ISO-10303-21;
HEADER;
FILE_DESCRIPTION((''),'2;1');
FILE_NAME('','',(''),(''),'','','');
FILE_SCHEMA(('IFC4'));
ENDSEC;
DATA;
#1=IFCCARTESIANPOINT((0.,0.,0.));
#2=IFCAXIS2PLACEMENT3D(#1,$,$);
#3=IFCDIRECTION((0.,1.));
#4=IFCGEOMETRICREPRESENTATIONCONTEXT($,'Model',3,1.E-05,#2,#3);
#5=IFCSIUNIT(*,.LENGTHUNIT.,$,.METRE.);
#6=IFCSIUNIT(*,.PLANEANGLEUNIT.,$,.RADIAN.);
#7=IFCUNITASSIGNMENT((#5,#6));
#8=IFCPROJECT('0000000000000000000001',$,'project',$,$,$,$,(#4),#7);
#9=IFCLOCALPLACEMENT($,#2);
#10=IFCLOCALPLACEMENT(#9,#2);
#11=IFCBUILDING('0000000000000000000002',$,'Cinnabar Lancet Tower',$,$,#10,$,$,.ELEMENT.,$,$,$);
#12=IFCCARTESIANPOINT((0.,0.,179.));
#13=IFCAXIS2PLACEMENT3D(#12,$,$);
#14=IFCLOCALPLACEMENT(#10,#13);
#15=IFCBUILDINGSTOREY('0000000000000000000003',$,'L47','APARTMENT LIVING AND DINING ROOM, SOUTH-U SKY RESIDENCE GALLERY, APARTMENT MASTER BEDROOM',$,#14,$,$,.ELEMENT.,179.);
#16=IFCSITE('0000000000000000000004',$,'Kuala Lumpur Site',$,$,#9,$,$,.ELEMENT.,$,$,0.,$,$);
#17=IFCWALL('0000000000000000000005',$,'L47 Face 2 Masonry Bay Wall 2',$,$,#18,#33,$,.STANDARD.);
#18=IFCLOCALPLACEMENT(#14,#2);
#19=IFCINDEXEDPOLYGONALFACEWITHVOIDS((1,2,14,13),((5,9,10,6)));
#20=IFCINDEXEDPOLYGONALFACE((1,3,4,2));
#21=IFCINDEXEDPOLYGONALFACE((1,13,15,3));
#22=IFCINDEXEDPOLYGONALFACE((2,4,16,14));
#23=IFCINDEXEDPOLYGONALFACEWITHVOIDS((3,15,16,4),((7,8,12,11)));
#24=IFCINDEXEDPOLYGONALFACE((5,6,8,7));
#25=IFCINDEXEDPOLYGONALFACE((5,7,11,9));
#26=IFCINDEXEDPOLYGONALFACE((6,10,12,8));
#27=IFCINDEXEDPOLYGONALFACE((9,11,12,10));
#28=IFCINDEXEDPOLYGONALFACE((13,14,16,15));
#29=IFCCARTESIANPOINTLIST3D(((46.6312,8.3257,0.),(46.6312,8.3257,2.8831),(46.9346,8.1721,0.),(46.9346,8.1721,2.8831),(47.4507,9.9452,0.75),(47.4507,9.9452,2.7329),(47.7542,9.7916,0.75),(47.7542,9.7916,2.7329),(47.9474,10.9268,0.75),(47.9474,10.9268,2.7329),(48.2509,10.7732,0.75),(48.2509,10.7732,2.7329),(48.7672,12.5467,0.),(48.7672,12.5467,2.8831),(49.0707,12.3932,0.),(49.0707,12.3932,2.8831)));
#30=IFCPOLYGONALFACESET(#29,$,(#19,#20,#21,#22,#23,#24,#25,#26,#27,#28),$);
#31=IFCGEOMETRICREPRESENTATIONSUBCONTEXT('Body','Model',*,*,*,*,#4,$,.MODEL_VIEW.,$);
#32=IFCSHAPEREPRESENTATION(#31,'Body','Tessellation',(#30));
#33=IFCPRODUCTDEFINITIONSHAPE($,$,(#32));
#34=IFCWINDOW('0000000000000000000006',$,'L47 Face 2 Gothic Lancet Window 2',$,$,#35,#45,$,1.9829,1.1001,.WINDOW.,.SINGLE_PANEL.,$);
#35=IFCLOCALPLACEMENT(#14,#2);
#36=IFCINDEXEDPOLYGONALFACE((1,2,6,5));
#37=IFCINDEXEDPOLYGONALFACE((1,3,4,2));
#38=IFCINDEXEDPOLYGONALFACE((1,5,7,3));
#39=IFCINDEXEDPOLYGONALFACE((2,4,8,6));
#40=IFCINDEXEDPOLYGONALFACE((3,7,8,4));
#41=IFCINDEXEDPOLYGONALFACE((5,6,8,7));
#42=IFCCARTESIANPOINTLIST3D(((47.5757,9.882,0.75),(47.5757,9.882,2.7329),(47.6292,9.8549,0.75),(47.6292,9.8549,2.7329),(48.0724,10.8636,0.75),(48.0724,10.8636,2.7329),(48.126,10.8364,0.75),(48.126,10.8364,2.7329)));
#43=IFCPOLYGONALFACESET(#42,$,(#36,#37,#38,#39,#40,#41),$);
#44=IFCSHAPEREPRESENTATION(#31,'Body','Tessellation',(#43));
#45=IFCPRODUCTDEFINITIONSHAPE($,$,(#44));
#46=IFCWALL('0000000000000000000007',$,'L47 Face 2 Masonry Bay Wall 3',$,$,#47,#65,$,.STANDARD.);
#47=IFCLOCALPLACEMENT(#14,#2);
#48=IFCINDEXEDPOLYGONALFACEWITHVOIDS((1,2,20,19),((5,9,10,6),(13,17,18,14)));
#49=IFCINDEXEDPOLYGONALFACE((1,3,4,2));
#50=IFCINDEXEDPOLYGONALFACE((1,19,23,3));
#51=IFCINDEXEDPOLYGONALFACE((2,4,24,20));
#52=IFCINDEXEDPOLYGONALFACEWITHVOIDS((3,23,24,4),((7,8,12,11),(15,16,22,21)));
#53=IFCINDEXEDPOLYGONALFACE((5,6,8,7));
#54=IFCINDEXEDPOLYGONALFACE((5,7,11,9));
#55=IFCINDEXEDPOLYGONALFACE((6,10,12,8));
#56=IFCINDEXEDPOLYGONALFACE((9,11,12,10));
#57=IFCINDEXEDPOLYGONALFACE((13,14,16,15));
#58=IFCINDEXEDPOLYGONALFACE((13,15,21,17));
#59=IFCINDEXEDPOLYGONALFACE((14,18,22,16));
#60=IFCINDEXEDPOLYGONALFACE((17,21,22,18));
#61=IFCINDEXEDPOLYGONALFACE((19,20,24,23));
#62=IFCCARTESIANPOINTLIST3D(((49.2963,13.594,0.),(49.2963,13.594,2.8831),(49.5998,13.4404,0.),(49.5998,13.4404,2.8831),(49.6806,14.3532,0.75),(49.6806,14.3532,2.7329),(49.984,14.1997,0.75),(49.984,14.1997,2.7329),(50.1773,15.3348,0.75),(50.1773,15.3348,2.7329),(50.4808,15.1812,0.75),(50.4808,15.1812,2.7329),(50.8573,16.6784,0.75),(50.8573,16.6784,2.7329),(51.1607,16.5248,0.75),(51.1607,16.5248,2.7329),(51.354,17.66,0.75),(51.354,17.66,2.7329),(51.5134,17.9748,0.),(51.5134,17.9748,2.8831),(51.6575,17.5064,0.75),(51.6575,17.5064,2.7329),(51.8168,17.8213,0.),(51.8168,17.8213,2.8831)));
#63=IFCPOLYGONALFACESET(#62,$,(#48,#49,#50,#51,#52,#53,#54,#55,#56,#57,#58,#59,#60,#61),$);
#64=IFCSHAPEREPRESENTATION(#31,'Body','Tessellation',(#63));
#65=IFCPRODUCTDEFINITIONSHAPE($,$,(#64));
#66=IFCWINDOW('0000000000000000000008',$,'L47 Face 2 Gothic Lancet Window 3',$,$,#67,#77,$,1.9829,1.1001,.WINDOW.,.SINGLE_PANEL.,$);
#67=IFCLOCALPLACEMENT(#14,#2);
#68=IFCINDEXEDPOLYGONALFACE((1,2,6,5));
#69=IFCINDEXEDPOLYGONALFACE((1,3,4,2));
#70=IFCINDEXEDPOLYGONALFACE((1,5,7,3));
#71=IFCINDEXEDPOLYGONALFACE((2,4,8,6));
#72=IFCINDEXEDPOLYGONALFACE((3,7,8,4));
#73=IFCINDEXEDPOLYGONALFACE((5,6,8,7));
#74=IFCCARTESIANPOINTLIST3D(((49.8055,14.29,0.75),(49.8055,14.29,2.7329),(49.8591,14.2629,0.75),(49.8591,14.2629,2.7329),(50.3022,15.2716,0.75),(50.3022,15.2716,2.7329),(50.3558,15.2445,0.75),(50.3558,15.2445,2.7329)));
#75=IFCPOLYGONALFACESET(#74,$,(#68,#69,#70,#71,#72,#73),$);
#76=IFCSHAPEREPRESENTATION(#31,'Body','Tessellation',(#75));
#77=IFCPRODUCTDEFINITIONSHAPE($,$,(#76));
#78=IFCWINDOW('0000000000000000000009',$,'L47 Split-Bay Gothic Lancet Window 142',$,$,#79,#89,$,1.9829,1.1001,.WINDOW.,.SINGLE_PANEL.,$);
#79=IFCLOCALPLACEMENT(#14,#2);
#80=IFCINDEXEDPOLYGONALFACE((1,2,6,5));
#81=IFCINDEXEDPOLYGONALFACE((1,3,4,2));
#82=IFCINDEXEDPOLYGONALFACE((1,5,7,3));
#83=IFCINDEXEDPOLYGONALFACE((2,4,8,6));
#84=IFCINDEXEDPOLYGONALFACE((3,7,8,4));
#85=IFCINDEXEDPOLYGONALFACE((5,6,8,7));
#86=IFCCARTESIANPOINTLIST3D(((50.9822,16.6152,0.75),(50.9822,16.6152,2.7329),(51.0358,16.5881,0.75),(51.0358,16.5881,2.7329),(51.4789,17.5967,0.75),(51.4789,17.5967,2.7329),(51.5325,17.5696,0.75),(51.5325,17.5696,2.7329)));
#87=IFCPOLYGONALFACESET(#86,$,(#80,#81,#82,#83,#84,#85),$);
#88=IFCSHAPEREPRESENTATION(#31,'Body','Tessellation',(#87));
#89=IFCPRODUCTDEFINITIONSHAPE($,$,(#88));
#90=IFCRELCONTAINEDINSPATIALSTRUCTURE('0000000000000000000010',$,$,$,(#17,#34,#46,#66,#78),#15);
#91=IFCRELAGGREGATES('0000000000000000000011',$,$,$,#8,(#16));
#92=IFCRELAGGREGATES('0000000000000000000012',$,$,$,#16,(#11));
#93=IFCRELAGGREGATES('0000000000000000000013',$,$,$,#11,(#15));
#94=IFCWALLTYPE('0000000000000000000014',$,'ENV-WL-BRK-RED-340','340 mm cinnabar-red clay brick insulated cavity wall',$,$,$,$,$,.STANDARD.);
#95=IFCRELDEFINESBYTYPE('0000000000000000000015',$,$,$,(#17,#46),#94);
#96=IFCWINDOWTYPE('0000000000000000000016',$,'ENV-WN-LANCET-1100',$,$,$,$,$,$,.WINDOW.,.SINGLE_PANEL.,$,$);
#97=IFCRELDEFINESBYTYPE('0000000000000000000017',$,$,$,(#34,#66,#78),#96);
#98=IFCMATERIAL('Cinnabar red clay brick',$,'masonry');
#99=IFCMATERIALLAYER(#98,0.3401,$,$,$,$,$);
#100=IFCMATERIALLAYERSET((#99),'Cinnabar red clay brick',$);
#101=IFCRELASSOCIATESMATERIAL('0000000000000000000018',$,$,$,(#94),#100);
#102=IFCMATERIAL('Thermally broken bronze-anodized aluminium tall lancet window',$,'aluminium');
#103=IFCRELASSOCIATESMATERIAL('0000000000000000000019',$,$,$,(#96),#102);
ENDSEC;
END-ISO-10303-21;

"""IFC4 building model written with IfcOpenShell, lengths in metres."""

from ifc_helpers import new_model, si_unit, direction, frame, frame_2d, origin, place, context, subcontext, project, spatial, rectangle, extrude, material, layer, layer_set, type_object, element, fill, save


model = new_model("IFC4")

# Units and contexts
model_context = context("Model", 3, precision=1e-05, world=origin(), true_north=direction((0.0, 1.0)))
body_context = subcontext(model_context, "Body", "Model", "MODEL_VIEW")
ifc_project = project(units=[si_unit("LENGTHUNIT", "METRE"), si_unit("PLANEANGLEUNIT", "RADIAN")], contexts=[model_context])

# Site, building, storey
site_placement = place(None, origin())
site = spatial("IfcSite", under=ifc_project, at=site_placement, Name="Kuala Lumpur Site", CompositionType="ELEMENT", RefElevation=0.0)
building_placement = place(site_placement, origin())
building = spatial("IfcBuilding", under=site, at=building_placement, Name="Cinnabar Lancet Tower", CompositionType="ELEMENT")
storey_placement = place(building_placement, frame((0.0, 0.0, 179.0)))
storey = spatial("IfcBuildingStorey", under=building, at=storey_placement, Name="L47", Description="APARTMENT LIVING AND DINING ROOM, SOUTH-U SKY RESIDENCE GALLERY, APARTMENT MASTER BEDROOM", CompositionType="ELEMENT", Elevation=179.0)

# Shared definitions
ifc_material_1 = material(Name="Cinnabar red clay brick", Category="masonry")
ifc_layer_1 = layer(ifc_material_1, 0.3401)
ifc_layer_set_1 = layer_set([ifc_layer_1], Name="Cinnabar red clay brick")
wall_type_1 = type_object("IfcWallType", Name="ENV-WL-BRK-RED-340", Description="340 mm cinnabar-red clay brick insulated cavity wall", PredefinedType="STANDARD", material=ifc_layer_set_1)

# Wall, opening, window
wall_1_placement = place(storey_placement, frame((46.783, 8.249, 0.0), z_axis=(0.0, 0.0, 1.0), x_axis=(0.451523, 0.89226, 0.0)))
wall_1 = element("IfcWall", 1, at=wall_1_placement, inside=storey, type_object=wall_type_1, Name="L47 Face 2 Masonry Bay Wall 2", PredefinedType="STANDARD", context=body_context, shape_type="SweptSolid", body=[
    extrude(rectangle(XDim=4.7307, YDim=0.3401, at=frame_2d((2.3652, 0.0))), origin(), (0.0, 0.0, 1.0), 2.8831),
])
opening_1_placement = place(wall_1_placement, frame((1.8149, 0.0, 0.75)))
opening_1 = element("IfcOpeningElement", 2, at=opening_1_placement, cuts=wall_1, PredefinedType="OPENING", context=body_context, shape_type="SweptSolid", body=[
    extrude(rectangle(XDim=1.1001, YDim=1.9829, at=frame_2d((0.55, 0.9915))), frame((0.0, 0.1799, 0.0), z_axis=(0.0, -1.0, 0.0), x_axis=(1.0, 0.0, 0.0)), (0.0, 0.0, 1.0), 0.3601),
])
ifc_material_2 = material(Name="Thermally broken bronze-anodized aluminium tall lancet window", Category="aluminium")
window_type = type_object("IfcWindowType", Name="ENV-WN-LANCET-1100", PartitioningType="SINGLE_PANEL", PredefinedType="WINDOW", material=ifc_material_2)
window_1_placement = place(opening_1_placement, origin())
window_1 = element("IfcWindow", 3, at=window_1_placement, inside=storey, type_object=window_type, Name="L47 Face 2 Gothic Lancet Window 2", OverallHeight=1.9829, OverallWidth=1.1001, PartitioningType="SINGLE_PANEL", PredefinedType="WINDOW", context=body_context, shape_type="SweptSolid", body=[
    extrude(rectangle(XDim=1.1001, YDim=1.9829, at=frame_2d((0.55, 0.9915))), frame((0.0, 0.03, 0.0), z_axis=(0.0, -1.0, 0.0), x_axis=(1.0, 0.0, 0.0)), (0.0, 0.0, 1.0), 0.0601),
])
fill(opening_1, window_1)

# Wall, openings, windows
wall_2_placement = place(storey_placement, frame((49.448, 13.5171, 0.0), z_axis=(0.0, 0.0, 1.0), x_axis=(0.451544, 0.892249, 0.0)))
wall_2 = element("IfcWall", 4, at=wall_2_placement, inside=storey, type_object=wall_type_1, Name="L47 Face 2 Masonry Bay Wall 3", PredefinedType="STANDARD", context=body_context, shape_type="SweptSolid", body=[
    extrude(rectangle(XDim=4.9099, YDim=0.3401, at=frame_2d((2.4551, 0.0))), origin(), (0.0, 0.0, 1.0), 2.8831),
])
opening_2_placement = place(wall_2_placement, frame((0.8511, 0.0, 0.75)))
opening_2 = element("IfcOpeningElement", 5, at=opening_2_placement, cuts=wall_2, PredefinedType="OPENING", context=body_context, shape_type="SweptSolid", body=[
    extrude(rectangle(XDim=1.1001, YDim=1.9829, at=frame_2d((0.55, 0.9915))), frame((0.0, 0.1799, 0.0), z_axis=(0.0, -1.0, 0.0), x_axis=(1.0, 0.0, 0.0)), (0.0, 0.0, 1.0), 0.3601),
])
opening_3_placement = place(wall_2_placement, frame((3.457, 0.0, 0.75)))
opening_3 = element("IfcOpeningElement", 6, at=opening_3_placement, cuts=wall_2, PredefinedType="OPENING", context=body_context, shape_type="SweptSolid", body=[
    extrude(rectangle(XDim=1.1001, YDim=1.9829, at=frame_2d((0.55, 0.9915))), frame((0.0, 0.1799, 0.0), z_axis=(0.0, -1.0, 0.0), x_axis=(1.0, 0.0, 0.0)), (0.0, 0.0, 1.0), 0.3601),
])
window_2_placement = place(opening_2_placement, origin())
window_2 = element("IfcWindow", 7, at=window_2_placement, inside=storey, type_object=window_type, Name="L47 Face 2 Gothic Lancet Window 3", OverallHeight=1.9829, OverallWidth=1.1001, PartitioningType="SINGLE_PANEL", PredefinedType="WINDOW", context=body_context, shape_type="SweptSolid", body=[
    extrude(rectangle(XDim=1.1001, YDim=1.9829, at=frame_2d((0.55, 0.9915))), frame((0.0, 0.03, 0.0), z_axis=(0.0, -1.0, 0.0), x_axis=(1.0, 0.0, 0.0)), (0.0, 0.0, 1.0), 0.0601),
])
fill(opening_2, window_2)
window_3_placement = place(opening_3_placement, origin())
window_3 = element("IfcWindow", 8, at=window_3_placement, inside=storey, type_object=window_type, Name="L47 Split-Bay Gothic Lancet Window 142", OverallHeight=1.9829, OverallWidth=1.1001, PartitioningType="SINGLE_PANEL", PredefinedType="WINDOW", context=body_context, shape_type="SweptSolid", body=[
    extrude(rectangle(XDim=1.1001, YDim=1.9829, at=frame_2d((0.55, 0.9915))), frame((0.0, 0.03, 0.0), z_axis=(0.0, -1.0, 0.0), x_axis=(1.0, 0.0, 0.0)), (0.0, 0.0, 1.0), 0.0601),
])
fill(opening_3, window_3)

save(model, "model.ifc")
